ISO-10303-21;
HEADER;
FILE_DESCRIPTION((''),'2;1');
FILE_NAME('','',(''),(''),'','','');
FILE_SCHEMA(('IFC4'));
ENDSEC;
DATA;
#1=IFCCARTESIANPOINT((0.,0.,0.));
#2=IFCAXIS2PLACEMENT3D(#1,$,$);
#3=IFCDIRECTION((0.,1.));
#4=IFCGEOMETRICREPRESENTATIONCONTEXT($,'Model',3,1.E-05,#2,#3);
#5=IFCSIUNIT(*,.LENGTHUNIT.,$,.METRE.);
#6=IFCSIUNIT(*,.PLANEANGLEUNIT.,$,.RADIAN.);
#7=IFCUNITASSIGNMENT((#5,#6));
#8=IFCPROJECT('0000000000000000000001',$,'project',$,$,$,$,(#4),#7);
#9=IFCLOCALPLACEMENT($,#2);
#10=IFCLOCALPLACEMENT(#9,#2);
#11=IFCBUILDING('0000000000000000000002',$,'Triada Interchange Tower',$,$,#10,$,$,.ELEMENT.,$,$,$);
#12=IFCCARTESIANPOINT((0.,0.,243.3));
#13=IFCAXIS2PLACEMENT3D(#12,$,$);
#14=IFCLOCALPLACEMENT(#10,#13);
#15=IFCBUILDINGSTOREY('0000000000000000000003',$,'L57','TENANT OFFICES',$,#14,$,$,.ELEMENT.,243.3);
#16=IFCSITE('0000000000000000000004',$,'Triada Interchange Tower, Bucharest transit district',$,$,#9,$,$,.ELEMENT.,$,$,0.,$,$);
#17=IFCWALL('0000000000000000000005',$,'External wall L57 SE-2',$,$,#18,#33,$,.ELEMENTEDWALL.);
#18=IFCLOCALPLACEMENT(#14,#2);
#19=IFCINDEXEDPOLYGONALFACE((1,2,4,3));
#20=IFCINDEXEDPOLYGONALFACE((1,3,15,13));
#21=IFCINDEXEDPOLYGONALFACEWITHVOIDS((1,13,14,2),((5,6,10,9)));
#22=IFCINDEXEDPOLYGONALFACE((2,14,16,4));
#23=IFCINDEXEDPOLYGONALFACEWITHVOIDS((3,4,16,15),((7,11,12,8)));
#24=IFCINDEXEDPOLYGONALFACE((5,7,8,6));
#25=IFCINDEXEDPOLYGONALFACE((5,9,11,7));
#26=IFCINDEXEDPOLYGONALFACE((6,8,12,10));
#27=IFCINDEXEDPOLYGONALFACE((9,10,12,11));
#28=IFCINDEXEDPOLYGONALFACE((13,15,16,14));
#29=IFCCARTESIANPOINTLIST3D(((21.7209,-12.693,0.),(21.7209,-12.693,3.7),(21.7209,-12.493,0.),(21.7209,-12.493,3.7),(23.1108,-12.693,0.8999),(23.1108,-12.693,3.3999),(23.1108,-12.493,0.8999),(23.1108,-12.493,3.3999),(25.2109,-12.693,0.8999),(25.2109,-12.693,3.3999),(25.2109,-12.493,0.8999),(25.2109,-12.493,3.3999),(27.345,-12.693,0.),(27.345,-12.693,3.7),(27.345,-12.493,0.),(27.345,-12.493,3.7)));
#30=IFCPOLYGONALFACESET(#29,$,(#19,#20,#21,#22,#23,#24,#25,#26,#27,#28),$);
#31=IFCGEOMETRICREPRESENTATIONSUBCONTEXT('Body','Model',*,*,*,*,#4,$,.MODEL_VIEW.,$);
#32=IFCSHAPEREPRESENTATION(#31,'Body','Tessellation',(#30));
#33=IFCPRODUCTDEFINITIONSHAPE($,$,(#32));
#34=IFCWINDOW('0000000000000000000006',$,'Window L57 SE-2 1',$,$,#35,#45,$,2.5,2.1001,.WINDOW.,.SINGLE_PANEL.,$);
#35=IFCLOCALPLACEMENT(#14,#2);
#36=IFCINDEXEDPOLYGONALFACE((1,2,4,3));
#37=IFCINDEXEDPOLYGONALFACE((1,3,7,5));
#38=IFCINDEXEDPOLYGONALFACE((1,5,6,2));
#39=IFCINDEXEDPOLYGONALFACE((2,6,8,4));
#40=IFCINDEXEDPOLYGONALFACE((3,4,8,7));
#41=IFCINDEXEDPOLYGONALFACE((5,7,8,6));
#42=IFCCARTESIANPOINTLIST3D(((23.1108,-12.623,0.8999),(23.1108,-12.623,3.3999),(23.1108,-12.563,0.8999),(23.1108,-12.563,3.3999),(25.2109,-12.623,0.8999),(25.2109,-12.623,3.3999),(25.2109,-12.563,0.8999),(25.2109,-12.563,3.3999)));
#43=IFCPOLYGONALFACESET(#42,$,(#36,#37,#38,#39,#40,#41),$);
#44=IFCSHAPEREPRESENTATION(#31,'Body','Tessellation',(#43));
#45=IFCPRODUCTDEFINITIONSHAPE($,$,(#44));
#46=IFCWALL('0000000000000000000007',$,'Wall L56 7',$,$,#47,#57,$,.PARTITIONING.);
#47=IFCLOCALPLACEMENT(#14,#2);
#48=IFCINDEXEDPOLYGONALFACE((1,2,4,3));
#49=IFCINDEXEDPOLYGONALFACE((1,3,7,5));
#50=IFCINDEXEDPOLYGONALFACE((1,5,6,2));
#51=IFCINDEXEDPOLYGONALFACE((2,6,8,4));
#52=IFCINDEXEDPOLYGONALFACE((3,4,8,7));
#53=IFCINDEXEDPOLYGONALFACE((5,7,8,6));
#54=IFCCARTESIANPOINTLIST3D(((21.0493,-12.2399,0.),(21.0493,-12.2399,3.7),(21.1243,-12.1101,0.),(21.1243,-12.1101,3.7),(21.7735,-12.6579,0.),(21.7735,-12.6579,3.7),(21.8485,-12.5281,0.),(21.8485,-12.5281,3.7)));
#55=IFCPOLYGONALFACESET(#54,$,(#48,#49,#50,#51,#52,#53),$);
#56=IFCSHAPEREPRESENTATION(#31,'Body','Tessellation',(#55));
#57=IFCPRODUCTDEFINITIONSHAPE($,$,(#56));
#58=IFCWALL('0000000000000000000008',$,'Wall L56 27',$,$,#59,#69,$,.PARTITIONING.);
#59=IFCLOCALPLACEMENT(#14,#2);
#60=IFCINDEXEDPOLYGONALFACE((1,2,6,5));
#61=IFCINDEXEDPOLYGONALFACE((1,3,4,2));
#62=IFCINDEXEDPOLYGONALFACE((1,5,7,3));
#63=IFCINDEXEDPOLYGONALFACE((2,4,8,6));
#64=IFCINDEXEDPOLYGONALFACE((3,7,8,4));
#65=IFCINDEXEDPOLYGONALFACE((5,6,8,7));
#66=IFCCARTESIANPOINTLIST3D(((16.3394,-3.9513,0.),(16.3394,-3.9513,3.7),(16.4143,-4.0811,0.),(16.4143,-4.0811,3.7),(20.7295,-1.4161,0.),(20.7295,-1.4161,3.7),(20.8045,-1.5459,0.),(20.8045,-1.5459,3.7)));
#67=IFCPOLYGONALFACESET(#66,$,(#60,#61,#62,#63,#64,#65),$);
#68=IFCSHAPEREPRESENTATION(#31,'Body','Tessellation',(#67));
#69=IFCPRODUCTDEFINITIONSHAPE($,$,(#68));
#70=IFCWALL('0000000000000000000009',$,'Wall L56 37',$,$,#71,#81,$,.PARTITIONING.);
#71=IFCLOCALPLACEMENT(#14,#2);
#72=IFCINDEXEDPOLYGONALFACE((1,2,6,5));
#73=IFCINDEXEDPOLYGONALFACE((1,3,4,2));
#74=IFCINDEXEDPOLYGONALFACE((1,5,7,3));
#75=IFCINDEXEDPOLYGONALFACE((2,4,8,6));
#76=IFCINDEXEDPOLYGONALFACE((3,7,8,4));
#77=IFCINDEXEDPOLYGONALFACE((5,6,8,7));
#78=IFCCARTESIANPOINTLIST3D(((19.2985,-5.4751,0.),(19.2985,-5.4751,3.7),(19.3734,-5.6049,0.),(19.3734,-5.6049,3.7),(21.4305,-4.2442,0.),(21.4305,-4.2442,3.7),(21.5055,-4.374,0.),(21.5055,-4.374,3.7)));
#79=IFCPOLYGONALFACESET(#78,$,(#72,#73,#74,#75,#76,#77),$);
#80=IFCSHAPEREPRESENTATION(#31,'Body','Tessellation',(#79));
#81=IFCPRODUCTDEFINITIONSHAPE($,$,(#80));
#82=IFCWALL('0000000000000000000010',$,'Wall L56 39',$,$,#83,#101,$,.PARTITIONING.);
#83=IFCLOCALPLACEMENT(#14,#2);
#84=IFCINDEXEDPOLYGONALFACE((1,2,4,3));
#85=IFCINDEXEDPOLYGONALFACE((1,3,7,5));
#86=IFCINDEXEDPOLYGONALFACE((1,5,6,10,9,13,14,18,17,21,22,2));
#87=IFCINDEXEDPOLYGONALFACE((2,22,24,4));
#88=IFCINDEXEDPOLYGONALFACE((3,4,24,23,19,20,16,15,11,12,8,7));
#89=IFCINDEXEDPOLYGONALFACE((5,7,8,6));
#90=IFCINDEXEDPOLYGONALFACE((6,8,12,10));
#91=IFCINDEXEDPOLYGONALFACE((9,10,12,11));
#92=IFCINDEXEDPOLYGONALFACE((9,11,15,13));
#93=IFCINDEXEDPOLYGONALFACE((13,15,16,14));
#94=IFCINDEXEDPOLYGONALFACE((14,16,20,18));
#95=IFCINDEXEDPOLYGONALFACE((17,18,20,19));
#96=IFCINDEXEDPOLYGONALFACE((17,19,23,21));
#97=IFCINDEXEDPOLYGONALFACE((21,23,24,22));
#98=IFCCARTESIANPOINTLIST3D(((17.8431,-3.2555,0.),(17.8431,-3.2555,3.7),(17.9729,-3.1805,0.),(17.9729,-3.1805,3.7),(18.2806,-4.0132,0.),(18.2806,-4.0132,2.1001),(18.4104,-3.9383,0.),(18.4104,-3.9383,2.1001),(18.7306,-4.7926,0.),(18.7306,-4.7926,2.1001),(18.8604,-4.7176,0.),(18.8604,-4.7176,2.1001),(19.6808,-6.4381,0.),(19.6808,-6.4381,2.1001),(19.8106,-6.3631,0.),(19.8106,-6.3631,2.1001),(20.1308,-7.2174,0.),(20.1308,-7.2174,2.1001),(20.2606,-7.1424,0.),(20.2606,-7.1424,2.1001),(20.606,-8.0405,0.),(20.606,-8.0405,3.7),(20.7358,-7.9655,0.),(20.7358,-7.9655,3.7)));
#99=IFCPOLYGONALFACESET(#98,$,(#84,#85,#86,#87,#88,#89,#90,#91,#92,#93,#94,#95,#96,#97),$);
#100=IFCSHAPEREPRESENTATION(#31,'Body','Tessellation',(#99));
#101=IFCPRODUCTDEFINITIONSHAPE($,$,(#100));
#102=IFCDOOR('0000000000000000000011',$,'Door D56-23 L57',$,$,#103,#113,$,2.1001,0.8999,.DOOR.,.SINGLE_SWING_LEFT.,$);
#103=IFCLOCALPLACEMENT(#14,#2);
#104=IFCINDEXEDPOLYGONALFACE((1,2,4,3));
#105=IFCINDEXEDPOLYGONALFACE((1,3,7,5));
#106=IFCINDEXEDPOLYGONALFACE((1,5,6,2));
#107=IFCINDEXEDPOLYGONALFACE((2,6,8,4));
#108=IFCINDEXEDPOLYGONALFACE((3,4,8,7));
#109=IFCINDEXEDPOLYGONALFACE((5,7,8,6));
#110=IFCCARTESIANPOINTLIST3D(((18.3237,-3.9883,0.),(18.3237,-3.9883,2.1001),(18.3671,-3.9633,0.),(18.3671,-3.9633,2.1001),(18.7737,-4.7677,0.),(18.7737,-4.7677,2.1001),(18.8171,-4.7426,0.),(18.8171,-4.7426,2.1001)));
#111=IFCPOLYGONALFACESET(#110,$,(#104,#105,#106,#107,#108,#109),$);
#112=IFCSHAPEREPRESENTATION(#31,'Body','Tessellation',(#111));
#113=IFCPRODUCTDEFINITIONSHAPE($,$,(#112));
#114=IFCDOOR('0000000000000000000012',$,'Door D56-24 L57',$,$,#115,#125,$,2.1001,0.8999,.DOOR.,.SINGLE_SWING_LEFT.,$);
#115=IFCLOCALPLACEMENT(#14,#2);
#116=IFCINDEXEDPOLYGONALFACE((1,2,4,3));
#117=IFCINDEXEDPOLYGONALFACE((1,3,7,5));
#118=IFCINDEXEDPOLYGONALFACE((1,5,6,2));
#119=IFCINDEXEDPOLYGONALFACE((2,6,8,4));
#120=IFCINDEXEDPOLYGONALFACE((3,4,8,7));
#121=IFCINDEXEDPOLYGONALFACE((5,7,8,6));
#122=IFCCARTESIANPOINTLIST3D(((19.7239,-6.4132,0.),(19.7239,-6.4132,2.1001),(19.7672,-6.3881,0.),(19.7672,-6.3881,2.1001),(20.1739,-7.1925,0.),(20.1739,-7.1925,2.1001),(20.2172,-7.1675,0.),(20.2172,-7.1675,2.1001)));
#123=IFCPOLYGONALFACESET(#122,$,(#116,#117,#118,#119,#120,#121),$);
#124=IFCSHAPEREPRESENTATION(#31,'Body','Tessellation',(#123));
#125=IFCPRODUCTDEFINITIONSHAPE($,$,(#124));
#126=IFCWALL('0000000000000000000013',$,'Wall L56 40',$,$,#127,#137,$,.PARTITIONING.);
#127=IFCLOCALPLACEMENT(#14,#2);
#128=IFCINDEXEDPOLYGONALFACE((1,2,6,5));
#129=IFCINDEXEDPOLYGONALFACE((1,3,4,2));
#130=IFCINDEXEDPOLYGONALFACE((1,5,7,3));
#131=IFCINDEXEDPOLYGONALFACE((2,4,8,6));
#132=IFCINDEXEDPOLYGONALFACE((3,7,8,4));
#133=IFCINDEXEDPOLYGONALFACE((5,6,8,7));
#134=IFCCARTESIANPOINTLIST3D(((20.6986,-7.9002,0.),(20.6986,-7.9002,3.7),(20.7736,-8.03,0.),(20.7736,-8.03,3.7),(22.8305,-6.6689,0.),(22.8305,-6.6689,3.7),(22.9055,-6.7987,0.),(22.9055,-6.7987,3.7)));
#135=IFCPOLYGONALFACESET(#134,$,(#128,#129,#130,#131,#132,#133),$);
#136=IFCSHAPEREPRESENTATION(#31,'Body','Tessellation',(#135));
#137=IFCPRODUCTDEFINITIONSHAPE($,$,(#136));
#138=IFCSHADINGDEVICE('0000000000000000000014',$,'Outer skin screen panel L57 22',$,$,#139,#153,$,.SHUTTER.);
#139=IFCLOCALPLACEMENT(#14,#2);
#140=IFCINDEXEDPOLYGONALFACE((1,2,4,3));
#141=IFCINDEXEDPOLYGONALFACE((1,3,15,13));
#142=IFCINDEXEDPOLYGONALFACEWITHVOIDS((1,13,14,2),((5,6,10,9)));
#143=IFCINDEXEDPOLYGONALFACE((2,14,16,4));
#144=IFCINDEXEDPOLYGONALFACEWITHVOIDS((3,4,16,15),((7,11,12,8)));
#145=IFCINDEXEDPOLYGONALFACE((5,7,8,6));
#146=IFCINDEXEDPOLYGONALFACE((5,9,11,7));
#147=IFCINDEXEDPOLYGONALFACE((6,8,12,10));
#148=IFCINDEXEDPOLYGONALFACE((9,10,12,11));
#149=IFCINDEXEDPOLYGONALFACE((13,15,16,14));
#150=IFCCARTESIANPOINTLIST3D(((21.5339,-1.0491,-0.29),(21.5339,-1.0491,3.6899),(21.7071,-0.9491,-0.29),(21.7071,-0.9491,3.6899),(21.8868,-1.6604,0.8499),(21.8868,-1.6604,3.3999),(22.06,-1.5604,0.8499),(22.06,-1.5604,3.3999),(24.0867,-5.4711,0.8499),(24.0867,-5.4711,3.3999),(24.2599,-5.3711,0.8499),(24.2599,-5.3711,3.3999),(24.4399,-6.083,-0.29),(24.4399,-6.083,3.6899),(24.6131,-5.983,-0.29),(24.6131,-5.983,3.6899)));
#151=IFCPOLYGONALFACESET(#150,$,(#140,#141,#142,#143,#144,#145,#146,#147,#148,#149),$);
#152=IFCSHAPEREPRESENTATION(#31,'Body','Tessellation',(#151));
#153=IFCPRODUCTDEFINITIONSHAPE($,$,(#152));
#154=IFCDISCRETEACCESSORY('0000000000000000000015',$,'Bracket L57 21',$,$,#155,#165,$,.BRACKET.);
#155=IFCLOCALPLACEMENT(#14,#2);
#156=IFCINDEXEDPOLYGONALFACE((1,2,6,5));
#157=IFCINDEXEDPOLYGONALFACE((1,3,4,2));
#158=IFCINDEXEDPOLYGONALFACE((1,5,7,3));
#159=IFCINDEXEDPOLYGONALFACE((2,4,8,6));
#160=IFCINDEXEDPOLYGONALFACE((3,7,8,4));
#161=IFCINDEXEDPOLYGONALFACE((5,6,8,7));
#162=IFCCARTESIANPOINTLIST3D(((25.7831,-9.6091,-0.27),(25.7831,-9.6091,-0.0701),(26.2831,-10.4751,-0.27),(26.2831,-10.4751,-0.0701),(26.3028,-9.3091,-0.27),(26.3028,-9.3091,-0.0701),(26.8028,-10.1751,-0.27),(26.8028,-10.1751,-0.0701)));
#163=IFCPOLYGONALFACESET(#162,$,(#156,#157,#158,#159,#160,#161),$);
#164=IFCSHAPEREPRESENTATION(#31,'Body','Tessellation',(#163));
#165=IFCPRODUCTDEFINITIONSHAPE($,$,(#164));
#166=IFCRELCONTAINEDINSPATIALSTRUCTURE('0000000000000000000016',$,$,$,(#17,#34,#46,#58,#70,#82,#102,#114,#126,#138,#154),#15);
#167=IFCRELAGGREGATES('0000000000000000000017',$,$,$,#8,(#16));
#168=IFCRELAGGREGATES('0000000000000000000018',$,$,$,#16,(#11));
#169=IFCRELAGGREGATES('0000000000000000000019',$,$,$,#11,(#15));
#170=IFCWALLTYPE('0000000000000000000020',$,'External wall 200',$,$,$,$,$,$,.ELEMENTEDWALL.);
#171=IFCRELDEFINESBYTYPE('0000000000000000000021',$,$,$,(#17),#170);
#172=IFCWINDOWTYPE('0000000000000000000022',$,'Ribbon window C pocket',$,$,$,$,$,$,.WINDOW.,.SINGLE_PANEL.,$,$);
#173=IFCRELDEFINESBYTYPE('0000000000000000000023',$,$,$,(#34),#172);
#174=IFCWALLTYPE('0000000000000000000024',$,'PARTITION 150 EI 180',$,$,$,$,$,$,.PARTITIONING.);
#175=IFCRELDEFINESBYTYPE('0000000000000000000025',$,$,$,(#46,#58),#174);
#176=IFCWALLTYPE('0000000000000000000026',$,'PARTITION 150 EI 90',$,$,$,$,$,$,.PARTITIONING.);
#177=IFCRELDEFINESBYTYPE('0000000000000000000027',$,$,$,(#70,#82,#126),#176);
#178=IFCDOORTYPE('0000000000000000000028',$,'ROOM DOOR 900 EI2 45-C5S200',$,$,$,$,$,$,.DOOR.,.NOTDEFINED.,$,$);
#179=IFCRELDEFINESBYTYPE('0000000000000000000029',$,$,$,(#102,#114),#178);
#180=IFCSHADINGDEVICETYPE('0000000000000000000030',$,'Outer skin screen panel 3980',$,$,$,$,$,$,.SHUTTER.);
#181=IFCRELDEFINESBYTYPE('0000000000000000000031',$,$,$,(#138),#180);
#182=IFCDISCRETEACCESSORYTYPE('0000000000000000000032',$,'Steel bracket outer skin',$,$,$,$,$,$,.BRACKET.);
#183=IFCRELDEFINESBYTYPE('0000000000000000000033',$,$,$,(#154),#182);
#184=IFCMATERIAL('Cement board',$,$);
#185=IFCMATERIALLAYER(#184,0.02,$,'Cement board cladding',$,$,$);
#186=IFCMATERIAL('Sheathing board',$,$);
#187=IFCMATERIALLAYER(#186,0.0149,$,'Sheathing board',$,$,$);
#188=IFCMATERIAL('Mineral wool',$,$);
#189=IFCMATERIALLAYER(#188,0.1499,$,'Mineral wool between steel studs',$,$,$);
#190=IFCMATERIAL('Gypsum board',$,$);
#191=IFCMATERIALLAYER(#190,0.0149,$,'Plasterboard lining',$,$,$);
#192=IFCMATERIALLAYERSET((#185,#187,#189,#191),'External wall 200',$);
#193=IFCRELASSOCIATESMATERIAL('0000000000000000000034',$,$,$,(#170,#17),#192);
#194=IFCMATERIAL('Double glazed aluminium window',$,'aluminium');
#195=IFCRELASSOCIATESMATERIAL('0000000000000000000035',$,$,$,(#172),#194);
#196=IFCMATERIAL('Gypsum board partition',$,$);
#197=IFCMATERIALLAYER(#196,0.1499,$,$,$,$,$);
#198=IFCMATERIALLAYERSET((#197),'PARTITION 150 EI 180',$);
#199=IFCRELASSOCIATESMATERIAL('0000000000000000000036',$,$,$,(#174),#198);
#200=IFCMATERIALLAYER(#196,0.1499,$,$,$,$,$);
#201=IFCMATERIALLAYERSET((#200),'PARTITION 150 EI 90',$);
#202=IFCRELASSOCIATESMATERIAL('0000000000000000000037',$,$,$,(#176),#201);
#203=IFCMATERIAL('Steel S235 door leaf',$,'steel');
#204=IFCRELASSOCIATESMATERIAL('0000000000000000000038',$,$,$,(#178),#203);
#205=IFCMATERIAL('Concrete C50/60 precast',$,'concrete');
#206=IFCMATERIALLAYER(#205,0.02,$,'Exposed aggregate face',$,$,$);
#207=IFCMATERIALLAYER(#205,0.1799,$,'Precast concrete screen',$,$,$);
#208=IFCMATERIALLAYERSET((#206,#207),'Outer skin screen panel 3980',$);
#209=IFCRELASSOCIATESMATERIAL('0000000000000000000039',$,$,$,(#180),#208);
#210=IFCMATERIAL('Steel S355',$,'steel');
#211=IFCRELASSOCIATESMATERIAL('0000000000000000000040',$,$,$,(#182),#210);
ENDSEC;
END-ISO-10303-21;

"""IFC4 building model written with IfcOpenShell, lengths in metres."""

from ifc_helpers import new_model, si_unit, direction, frame, frame_2d, origin, origin_2d, place, context, subcontext, project, spatial, polyline, rectangle, outline, extrude, material, layer, layer_set, layer_usage, type_object, element, fill, save


model = new_model("IFC4")

# Units and contexts
model_context = context("Model", 3, precision=1e-05, world=origin(), true_north=direction((0.0, 1.0)))
body_context = subcontext(model_context, "Body", "Model", "MODEL_VIEW")
ifc_project = project(units=[si_unit("LENGTHUNIT", "METRE"), si_unit("PLANEANGLEUNIT", "RADIAN")], contexts=[model_context])

# Site, building, storey
site_placement = place(None, origin())
site = spatial("IfcSite", under=ifc_project, at=site_placement, Name="Triada Interchange Tower, Bucharest transit district", CompositionType="ELEMENT", RefElevation=0.0)
building_placement = place(site_placement, origin())
building = spatial("IfcBuilding", under=site, at=building_placement, Name="Triada Interchange Tower", CompositionType="ELEMENT")
storey_placement = place(building_placement, frame((0.0, 0.0, 243.3)))
storey = spatial("IfcBuildingStorey", under=building, at=storey_placement, Name="L57", Description="TENANT OFFICES", CompositionType="ELEMENT", Elevation=243.3)

# Wall, opening, window
ifc_material_1 = material(Name="Cement board")
ifc_layer_1 = layer(ifc_material_1, 0.02, Name="Cement board cladding")
ifc_material_2 = material(Name="Sheathing board")
ifc_layer_2 = layer(ifc_material_2, 0.0149, Name="Sheathing board")
ifc_material_3 = material(Name="Mineral wool")
ifc_layer_3 = layer(ifc_material_3, 0.1499, Name="Mineral wool between steel studs")
ifc_material_4 = material(Name="Gypsum board")
ifc_layer_4 = layer(ifc_material_4, 0.0149, Name="Plasterboard lining")
ifc_layer_set_1 = layer_set([ifc_layer_1, ifc_layer_2, ifc_layer_3, ifc_layer_4], Name="External wall 200")
ifc_layer_usage = layer_usage(ifc_layer_set_1, "AXIS2", "POSITIVE", -0.1001)
wall_type_1 = type_object("IfcWallType", Name="External wall 200", PredefinedType="ELEMENTEDWALL", material=ifc_layer_set_1)
wall_1_placement = place(storey_placement, frame((21.7209, -12.593, 0.0), z_axis=(0.0, 0.0, 1.0), x_axis=(1.0, 0.0, 0.0)))
wall_1 = element("IfcWall", 1, at=wall_1_placement, inside=storey, type_object=wall_type_1, material=ifc_layer_usage, Name="External wall L57 SE-2", PredefinedType="ELEMENTEDWALL", context=body_context, shape_type="SweptSolid", body=[
    extrude(rectangle(XDim=5.624, YDim=0.2, at=frame_2d((2.812, 0.0))), origin(), (0.0, 0.0, 1.0), 3.7),
])
opening_1_placement = place(wall_1_placement, frame((1.3899, 0.0, 0.8999)))
opening_1 = element("IfcOpeningElement", 2, at=opening_1_placement, cuts=wall_1, PredefinedType="OPENING", context=body_context, shape_type="SweptSolid", body=[
    extrude(rectangle(XDim=2.1001, YDim=2.5, at=frame_2d((1.05, 1.25))), frame((0.0, 0.1099, 0.0), z_axis=(0.0, -1.0, 0.0), x_axis=(1.0, 0.0, 0.0)), (0.0, 0.0, 1.0), 0.22),
])
ifc_material_5 = material(Name="Double glazed aluminium window", Category="aluminium")
window_type = type_object("IfcWindowType", Name="Ribbon window C pocket", PartitioningType="SINGLE_PANEL", PredefinedType="WINDOW", material=ifc_material_5)
window_placement = place(opening_1_placement, origin())
window = element("IfcWindow", 3, at=window_placement, inside=storey, type_object=window_type, Name="Window L57 SE-2 1", OverallHeight=2.5, OverallWidth=2.1001, PartitioningType="SINGLE_PANEL", PredefinedType="WINDOW", context=body_context, shape_type="SweptSolid", body=[
    extrude(rectangle(XDim=2.1001, YDim=2.5, at=frame_2d((1.05, 1.25))), frame((0.0, 0.03, 0.0), z_axis=(0.0, -1.0, 0.0), x_axis=(1.0, 0.0, 0.0)), (0.0, 0.0, 1.0), 0.0601),
])
fill(opening_1, window)

# Walls
ifc_material_6 = material(Name="Gypsum board partition")
ifc_layer_5 = layer(ifc_material_6, 0.1499)
ifc_layer_set_2 = layer_set([ifc_layer_5], Name="PARTITION 150 EI 180")
wall_type_2 = type_object("IfcWallType", Name="PARTITION 150 EI 180", PredefinedType="PARTITIONING", material=ifc_layer_set_2)
wall_2_placement = place(storey_placement, frame((21.0869, -12.175, 0.0), z_axis=(0.0, 0.0, 1.0), x_axis=(0.866079, -0.499908, 0.0)))
element("IfcWall", 4, at=wall_2_placement, inside=storey, type_object=wall_type_2, Name="Wall L56 7", PredefinedType="PARTITIONING", context=body_context, shape_type="SweptSolid", body=[
    extrude(rectangle(XDim=0.8362, YDim=0.1499, at=frame_2d((0.418, 0.0))), origin(), (0.0, 0.0, 1.0), 3.7),
])
wall_3_placement = place(storey_placement, frame((16.377, -4.0161, 0.0), z_axis=(0.0, 0.0, 1.0), x_axis=(0.865982, 0.500075, 0.0)))
element("IfcWall", 5, at=wall_3_placement, inside=storey, type_object=wall_type_2, Name="Wall L56 27", PredefinedType="PARTITIONING", context=body_context, shape_type="SweptSolid", body=[
    extrude(rectangle(XDim=5.0696, YDim=0.1499, at=frame_2d((2.5347, 0.0))), origin(), (0.0, 0.0, 1.0), 3.7),
])
ifc_layer_6 = layer(ifc_material_6, 0.1499)
ifc_layer_set_3 = layer_set([ifc_layer_6], Name="PARTITION 150 EI 90")
wall_type_3 = type_object("IfcWallType", Name="PARTITION 150 EI 90", PredefinedType="PARTITIONING", material=ifc_layer_set_3)
wall_4_placement = place(storey_placement, frame((19.3359, -5.54, 0.0), z_axis=(0.0, 0.0, 1.0), x_axis=(0.866025, 0.5, 0.0)))
element("IfcWall", 6, at=wall_4_placement, inside=storey, type_object=wall_type_3, Name="Wall L56 37", PredefinedType="PARTITIONING", context=body_context, shape_type="SweptSolid", body=[
    extrude(rectangle(XDim=2.4619, YDim=0.1499, at=frame_2d((1.231, 0.0))), origin(), (0.0, 0.0, 1.0), 3.7),
])

# Wall, openings, doors
wall_5_placement = place(storey_placement, frame((17.908, -3.218, 0.0), z_axis=(0.0, 0.0, 1.0), x_axis=(0.50005, -0.865996, 0.0)))
wall_5 = element("IfcWall", 7, at=wall_5_placement, inside=storey, type_object=wall_type_3, Name="Wall L56 39", PredefinedType="PARTITIONING", context=body_context, shape_type="SweptSolid", body=[
    extrude(rectangle(XDim=5.5254, YDim=0.1499, at=frame_2d((2.7627, 0.0))), origin(), (0.0, 0.0, 1.0), 3.7),
])
opening_2_placement = place(wall_5_placement, frame((0.875, 0.0, 0.0)))
opening_2 = element("IfcOpeningElement", 8, at=opening_2_placement, cuts=wall_5, PredefinedType="OPENING", context=body_context, shape_type="SweptSolid", body=[
    extrude(rectangle(XDim=0.8999, YDim=2.1001, at=frame_2d((0.45, 1.05))), frame((0.0, 0.085, 0.0), z_axis=(0.0, -1.0, 0.0), x_axis=(1.0, 0.0, 0.0)), (0.0, 0.0, 1.0), 0.1699),
])
opening_3_placement = place(wall_5_placement, frame((3.675, 0.0, 0.0)))
opening_3 = element("IfcOpeningElement", 9, at=opening_3_placement, cuts=wall_5, PredefinedType="OPENING", context=body_context, shape_type="SweptSolid", body=[
    extrude(rectangle(XDim=0.8999, YDim=2.1001, at=frame_2d((0.45, 1.05))), frame((0.0, 0.085, 0.0), z_axis=(0.0, -1.0, 0.0), x_axis=(1.0, 0.0, 0.0)), (0.0, 0.0, 1.0), 0.1699),
])
ifc_material_7 = material(Name="Steel S235 door leaf", Category="steel")
door_type = type_object("IfcDoorType", Name="ROOM DOOR 900 EI2 45-C5S200", OperationType="NOTDEFINED", PredefinedType="DOOR", material=ifc_material_7)
door_1_placement = place(opening_2_placement, origin())
door_1 = element("IfcDoor", 10, at=door_1_placement, inside=storey, type_object=door_type, Name="Door D56-23 L57", OperationType="SINGLE_SWING_LEFT", OverallHeight=2.1001, OverallWidth=0.8999, PredefinedType="DOOR", context=body_context, shape_type="SweptSolid", body=[
    extrude(rectangle(XDim=0.8999, YDim=2.1001, at=frame_2d((0.45, 1.05))), frame((0.0, 0.0249, 0.0), z_axis=(0.0, -1.0, 0.0), x_axis=(1.0, 0.0, 0.0)), (0.0, 0.0, 1.0), 0.05),
])
fill(opening_2, door_1)
door_2_placement = place(opening_3_placement, origin())
door_2 = element("IfcDoor", 11, at=door_2_placement, inside=storey, type_object=door_type, Name="Door D56-24 L57", OperationType="SINGLE_SWING_LEFT", OverallHeight=2.1001, OverallWidth=0.8999, PredefinedType="DOOR", context=body_context, shape_type="SweptSolid", body=[
    extrude(rectangle(XDim=0.8999, YDim=2.1001, at=frame_2d((0.45, 1.05))), frame((0.0, 0.0249, 0.0), z_axis=(0.0, -1.0, 0.0), x_axis=(1.0, 0.0, 0.0)), (0.0, 0.0, 1.0), 0.05),
])
fill(opening_3, door_2)

# Wall
wall_6_placement = place(storey_placement, frame((20.7361, -7.9651, 0.0), z_axis=(0.0, 0.0, 1.0), x_axis=(0.865958, 0.500117, 0.0)))
element("IfcWall", 12, at=wall_6_placement, inside=storey, type_object=wall_type_3, Name="Wall L56 40", PredefinedType="PARTITIONING", context=body_context, shape_type="SweptSolid", body=[
    extrude(rectangle(XDim=2.4619, YDim=0.1499, at=frame_2d((1.231, 0.0))), origin(), (0.0, 0.0, 1.0), 3.7),
])

# Shading device
ifc_material_8 = material(Name="Concrete C50/60 precast", Category="concrete")
ifc_layer_7 = layer(ifc_material_8, 0.02, Name="Exposed aggregate face")
ifc_layer_8 = layer(ifc_material_8, 0.1799, Name="Precast concrete screen")
ifc_layer_set_4 = layer_set([ifc_layer_7, ifc_layer_8], Name="Outer skin screen panel 3980")
shading_device_type = type_object("IfcShadingDeviceType", Name="Outer skin screen panel 3980", PredefinedType="SHUTTER", material=ifc_layer_set_4)
shading_device_placement = place(storey_placement, frame((24.4399, -6.083, -0.29), z_axis=(0.0, 0.0, 1.0), x_axis=(-0.499956, 0.866051, 0.0)))
element("IfcShadingDevice", 13, at=shading_device_placement, inside=storey, type_object=shading_device_type, Name="Outer skin screen panel L57 22", PredefinedType="SHUTTER", context=body_context, shape_type="SweptSolid", body=[
    extrude(outline(polyline([(0.0, 0.0), (5.8125, 0.0), (5.8125, 3.98), (0.0, 3.98), (0.0, 0.0)]), holes=[polyline([(0.7065, 1.1399), (0.7065, 3.6899), (5.1067, 3.6899), (5.1067, 1.1399), (0.7065, 1.1399)])]), frame((0.0, 0.0, 0.0), z_axis=(0.0, -1.0, 0.0), x_axis=(1.0, 0.0, 0.0)), (0.0, 0.0, 1.0), 0.2),
])

# Discrete accessory
ifc_material_9 = material(Name="Steel S355", Category="steel")
discrete_accessory_type = type_object("IfcDiscreteAccessoryType", Name="Steel bracket outer skin", PredefinedType="BRACKET", material=ifc_material_9)
for number, where, z_axis, x_axis, name in (
    (14, (26.293, -9.8921, -0.27), (0.0, 0.0, 1.0), (0.86603, 0.499991, 0.0), "Bracket L57 21"),
):
    element("IfcDiscreteAccessory", number, at=place(storey_placement, frame(where, z_axis=z_axis, x_axis=x_axis)), inside=storey, type_object=discrete_accessory_type, Name=name, PredefinedType="BRACKET", context=body_context, shape_type="SweptSolid", body=[
        extrude(rectangle(XDim=0.6001, YDim=1.0, at=origin_2d()), origin(), (0.0, 0.0, 1.0), 0.2),
    ])

save(model, "model.ifc")
